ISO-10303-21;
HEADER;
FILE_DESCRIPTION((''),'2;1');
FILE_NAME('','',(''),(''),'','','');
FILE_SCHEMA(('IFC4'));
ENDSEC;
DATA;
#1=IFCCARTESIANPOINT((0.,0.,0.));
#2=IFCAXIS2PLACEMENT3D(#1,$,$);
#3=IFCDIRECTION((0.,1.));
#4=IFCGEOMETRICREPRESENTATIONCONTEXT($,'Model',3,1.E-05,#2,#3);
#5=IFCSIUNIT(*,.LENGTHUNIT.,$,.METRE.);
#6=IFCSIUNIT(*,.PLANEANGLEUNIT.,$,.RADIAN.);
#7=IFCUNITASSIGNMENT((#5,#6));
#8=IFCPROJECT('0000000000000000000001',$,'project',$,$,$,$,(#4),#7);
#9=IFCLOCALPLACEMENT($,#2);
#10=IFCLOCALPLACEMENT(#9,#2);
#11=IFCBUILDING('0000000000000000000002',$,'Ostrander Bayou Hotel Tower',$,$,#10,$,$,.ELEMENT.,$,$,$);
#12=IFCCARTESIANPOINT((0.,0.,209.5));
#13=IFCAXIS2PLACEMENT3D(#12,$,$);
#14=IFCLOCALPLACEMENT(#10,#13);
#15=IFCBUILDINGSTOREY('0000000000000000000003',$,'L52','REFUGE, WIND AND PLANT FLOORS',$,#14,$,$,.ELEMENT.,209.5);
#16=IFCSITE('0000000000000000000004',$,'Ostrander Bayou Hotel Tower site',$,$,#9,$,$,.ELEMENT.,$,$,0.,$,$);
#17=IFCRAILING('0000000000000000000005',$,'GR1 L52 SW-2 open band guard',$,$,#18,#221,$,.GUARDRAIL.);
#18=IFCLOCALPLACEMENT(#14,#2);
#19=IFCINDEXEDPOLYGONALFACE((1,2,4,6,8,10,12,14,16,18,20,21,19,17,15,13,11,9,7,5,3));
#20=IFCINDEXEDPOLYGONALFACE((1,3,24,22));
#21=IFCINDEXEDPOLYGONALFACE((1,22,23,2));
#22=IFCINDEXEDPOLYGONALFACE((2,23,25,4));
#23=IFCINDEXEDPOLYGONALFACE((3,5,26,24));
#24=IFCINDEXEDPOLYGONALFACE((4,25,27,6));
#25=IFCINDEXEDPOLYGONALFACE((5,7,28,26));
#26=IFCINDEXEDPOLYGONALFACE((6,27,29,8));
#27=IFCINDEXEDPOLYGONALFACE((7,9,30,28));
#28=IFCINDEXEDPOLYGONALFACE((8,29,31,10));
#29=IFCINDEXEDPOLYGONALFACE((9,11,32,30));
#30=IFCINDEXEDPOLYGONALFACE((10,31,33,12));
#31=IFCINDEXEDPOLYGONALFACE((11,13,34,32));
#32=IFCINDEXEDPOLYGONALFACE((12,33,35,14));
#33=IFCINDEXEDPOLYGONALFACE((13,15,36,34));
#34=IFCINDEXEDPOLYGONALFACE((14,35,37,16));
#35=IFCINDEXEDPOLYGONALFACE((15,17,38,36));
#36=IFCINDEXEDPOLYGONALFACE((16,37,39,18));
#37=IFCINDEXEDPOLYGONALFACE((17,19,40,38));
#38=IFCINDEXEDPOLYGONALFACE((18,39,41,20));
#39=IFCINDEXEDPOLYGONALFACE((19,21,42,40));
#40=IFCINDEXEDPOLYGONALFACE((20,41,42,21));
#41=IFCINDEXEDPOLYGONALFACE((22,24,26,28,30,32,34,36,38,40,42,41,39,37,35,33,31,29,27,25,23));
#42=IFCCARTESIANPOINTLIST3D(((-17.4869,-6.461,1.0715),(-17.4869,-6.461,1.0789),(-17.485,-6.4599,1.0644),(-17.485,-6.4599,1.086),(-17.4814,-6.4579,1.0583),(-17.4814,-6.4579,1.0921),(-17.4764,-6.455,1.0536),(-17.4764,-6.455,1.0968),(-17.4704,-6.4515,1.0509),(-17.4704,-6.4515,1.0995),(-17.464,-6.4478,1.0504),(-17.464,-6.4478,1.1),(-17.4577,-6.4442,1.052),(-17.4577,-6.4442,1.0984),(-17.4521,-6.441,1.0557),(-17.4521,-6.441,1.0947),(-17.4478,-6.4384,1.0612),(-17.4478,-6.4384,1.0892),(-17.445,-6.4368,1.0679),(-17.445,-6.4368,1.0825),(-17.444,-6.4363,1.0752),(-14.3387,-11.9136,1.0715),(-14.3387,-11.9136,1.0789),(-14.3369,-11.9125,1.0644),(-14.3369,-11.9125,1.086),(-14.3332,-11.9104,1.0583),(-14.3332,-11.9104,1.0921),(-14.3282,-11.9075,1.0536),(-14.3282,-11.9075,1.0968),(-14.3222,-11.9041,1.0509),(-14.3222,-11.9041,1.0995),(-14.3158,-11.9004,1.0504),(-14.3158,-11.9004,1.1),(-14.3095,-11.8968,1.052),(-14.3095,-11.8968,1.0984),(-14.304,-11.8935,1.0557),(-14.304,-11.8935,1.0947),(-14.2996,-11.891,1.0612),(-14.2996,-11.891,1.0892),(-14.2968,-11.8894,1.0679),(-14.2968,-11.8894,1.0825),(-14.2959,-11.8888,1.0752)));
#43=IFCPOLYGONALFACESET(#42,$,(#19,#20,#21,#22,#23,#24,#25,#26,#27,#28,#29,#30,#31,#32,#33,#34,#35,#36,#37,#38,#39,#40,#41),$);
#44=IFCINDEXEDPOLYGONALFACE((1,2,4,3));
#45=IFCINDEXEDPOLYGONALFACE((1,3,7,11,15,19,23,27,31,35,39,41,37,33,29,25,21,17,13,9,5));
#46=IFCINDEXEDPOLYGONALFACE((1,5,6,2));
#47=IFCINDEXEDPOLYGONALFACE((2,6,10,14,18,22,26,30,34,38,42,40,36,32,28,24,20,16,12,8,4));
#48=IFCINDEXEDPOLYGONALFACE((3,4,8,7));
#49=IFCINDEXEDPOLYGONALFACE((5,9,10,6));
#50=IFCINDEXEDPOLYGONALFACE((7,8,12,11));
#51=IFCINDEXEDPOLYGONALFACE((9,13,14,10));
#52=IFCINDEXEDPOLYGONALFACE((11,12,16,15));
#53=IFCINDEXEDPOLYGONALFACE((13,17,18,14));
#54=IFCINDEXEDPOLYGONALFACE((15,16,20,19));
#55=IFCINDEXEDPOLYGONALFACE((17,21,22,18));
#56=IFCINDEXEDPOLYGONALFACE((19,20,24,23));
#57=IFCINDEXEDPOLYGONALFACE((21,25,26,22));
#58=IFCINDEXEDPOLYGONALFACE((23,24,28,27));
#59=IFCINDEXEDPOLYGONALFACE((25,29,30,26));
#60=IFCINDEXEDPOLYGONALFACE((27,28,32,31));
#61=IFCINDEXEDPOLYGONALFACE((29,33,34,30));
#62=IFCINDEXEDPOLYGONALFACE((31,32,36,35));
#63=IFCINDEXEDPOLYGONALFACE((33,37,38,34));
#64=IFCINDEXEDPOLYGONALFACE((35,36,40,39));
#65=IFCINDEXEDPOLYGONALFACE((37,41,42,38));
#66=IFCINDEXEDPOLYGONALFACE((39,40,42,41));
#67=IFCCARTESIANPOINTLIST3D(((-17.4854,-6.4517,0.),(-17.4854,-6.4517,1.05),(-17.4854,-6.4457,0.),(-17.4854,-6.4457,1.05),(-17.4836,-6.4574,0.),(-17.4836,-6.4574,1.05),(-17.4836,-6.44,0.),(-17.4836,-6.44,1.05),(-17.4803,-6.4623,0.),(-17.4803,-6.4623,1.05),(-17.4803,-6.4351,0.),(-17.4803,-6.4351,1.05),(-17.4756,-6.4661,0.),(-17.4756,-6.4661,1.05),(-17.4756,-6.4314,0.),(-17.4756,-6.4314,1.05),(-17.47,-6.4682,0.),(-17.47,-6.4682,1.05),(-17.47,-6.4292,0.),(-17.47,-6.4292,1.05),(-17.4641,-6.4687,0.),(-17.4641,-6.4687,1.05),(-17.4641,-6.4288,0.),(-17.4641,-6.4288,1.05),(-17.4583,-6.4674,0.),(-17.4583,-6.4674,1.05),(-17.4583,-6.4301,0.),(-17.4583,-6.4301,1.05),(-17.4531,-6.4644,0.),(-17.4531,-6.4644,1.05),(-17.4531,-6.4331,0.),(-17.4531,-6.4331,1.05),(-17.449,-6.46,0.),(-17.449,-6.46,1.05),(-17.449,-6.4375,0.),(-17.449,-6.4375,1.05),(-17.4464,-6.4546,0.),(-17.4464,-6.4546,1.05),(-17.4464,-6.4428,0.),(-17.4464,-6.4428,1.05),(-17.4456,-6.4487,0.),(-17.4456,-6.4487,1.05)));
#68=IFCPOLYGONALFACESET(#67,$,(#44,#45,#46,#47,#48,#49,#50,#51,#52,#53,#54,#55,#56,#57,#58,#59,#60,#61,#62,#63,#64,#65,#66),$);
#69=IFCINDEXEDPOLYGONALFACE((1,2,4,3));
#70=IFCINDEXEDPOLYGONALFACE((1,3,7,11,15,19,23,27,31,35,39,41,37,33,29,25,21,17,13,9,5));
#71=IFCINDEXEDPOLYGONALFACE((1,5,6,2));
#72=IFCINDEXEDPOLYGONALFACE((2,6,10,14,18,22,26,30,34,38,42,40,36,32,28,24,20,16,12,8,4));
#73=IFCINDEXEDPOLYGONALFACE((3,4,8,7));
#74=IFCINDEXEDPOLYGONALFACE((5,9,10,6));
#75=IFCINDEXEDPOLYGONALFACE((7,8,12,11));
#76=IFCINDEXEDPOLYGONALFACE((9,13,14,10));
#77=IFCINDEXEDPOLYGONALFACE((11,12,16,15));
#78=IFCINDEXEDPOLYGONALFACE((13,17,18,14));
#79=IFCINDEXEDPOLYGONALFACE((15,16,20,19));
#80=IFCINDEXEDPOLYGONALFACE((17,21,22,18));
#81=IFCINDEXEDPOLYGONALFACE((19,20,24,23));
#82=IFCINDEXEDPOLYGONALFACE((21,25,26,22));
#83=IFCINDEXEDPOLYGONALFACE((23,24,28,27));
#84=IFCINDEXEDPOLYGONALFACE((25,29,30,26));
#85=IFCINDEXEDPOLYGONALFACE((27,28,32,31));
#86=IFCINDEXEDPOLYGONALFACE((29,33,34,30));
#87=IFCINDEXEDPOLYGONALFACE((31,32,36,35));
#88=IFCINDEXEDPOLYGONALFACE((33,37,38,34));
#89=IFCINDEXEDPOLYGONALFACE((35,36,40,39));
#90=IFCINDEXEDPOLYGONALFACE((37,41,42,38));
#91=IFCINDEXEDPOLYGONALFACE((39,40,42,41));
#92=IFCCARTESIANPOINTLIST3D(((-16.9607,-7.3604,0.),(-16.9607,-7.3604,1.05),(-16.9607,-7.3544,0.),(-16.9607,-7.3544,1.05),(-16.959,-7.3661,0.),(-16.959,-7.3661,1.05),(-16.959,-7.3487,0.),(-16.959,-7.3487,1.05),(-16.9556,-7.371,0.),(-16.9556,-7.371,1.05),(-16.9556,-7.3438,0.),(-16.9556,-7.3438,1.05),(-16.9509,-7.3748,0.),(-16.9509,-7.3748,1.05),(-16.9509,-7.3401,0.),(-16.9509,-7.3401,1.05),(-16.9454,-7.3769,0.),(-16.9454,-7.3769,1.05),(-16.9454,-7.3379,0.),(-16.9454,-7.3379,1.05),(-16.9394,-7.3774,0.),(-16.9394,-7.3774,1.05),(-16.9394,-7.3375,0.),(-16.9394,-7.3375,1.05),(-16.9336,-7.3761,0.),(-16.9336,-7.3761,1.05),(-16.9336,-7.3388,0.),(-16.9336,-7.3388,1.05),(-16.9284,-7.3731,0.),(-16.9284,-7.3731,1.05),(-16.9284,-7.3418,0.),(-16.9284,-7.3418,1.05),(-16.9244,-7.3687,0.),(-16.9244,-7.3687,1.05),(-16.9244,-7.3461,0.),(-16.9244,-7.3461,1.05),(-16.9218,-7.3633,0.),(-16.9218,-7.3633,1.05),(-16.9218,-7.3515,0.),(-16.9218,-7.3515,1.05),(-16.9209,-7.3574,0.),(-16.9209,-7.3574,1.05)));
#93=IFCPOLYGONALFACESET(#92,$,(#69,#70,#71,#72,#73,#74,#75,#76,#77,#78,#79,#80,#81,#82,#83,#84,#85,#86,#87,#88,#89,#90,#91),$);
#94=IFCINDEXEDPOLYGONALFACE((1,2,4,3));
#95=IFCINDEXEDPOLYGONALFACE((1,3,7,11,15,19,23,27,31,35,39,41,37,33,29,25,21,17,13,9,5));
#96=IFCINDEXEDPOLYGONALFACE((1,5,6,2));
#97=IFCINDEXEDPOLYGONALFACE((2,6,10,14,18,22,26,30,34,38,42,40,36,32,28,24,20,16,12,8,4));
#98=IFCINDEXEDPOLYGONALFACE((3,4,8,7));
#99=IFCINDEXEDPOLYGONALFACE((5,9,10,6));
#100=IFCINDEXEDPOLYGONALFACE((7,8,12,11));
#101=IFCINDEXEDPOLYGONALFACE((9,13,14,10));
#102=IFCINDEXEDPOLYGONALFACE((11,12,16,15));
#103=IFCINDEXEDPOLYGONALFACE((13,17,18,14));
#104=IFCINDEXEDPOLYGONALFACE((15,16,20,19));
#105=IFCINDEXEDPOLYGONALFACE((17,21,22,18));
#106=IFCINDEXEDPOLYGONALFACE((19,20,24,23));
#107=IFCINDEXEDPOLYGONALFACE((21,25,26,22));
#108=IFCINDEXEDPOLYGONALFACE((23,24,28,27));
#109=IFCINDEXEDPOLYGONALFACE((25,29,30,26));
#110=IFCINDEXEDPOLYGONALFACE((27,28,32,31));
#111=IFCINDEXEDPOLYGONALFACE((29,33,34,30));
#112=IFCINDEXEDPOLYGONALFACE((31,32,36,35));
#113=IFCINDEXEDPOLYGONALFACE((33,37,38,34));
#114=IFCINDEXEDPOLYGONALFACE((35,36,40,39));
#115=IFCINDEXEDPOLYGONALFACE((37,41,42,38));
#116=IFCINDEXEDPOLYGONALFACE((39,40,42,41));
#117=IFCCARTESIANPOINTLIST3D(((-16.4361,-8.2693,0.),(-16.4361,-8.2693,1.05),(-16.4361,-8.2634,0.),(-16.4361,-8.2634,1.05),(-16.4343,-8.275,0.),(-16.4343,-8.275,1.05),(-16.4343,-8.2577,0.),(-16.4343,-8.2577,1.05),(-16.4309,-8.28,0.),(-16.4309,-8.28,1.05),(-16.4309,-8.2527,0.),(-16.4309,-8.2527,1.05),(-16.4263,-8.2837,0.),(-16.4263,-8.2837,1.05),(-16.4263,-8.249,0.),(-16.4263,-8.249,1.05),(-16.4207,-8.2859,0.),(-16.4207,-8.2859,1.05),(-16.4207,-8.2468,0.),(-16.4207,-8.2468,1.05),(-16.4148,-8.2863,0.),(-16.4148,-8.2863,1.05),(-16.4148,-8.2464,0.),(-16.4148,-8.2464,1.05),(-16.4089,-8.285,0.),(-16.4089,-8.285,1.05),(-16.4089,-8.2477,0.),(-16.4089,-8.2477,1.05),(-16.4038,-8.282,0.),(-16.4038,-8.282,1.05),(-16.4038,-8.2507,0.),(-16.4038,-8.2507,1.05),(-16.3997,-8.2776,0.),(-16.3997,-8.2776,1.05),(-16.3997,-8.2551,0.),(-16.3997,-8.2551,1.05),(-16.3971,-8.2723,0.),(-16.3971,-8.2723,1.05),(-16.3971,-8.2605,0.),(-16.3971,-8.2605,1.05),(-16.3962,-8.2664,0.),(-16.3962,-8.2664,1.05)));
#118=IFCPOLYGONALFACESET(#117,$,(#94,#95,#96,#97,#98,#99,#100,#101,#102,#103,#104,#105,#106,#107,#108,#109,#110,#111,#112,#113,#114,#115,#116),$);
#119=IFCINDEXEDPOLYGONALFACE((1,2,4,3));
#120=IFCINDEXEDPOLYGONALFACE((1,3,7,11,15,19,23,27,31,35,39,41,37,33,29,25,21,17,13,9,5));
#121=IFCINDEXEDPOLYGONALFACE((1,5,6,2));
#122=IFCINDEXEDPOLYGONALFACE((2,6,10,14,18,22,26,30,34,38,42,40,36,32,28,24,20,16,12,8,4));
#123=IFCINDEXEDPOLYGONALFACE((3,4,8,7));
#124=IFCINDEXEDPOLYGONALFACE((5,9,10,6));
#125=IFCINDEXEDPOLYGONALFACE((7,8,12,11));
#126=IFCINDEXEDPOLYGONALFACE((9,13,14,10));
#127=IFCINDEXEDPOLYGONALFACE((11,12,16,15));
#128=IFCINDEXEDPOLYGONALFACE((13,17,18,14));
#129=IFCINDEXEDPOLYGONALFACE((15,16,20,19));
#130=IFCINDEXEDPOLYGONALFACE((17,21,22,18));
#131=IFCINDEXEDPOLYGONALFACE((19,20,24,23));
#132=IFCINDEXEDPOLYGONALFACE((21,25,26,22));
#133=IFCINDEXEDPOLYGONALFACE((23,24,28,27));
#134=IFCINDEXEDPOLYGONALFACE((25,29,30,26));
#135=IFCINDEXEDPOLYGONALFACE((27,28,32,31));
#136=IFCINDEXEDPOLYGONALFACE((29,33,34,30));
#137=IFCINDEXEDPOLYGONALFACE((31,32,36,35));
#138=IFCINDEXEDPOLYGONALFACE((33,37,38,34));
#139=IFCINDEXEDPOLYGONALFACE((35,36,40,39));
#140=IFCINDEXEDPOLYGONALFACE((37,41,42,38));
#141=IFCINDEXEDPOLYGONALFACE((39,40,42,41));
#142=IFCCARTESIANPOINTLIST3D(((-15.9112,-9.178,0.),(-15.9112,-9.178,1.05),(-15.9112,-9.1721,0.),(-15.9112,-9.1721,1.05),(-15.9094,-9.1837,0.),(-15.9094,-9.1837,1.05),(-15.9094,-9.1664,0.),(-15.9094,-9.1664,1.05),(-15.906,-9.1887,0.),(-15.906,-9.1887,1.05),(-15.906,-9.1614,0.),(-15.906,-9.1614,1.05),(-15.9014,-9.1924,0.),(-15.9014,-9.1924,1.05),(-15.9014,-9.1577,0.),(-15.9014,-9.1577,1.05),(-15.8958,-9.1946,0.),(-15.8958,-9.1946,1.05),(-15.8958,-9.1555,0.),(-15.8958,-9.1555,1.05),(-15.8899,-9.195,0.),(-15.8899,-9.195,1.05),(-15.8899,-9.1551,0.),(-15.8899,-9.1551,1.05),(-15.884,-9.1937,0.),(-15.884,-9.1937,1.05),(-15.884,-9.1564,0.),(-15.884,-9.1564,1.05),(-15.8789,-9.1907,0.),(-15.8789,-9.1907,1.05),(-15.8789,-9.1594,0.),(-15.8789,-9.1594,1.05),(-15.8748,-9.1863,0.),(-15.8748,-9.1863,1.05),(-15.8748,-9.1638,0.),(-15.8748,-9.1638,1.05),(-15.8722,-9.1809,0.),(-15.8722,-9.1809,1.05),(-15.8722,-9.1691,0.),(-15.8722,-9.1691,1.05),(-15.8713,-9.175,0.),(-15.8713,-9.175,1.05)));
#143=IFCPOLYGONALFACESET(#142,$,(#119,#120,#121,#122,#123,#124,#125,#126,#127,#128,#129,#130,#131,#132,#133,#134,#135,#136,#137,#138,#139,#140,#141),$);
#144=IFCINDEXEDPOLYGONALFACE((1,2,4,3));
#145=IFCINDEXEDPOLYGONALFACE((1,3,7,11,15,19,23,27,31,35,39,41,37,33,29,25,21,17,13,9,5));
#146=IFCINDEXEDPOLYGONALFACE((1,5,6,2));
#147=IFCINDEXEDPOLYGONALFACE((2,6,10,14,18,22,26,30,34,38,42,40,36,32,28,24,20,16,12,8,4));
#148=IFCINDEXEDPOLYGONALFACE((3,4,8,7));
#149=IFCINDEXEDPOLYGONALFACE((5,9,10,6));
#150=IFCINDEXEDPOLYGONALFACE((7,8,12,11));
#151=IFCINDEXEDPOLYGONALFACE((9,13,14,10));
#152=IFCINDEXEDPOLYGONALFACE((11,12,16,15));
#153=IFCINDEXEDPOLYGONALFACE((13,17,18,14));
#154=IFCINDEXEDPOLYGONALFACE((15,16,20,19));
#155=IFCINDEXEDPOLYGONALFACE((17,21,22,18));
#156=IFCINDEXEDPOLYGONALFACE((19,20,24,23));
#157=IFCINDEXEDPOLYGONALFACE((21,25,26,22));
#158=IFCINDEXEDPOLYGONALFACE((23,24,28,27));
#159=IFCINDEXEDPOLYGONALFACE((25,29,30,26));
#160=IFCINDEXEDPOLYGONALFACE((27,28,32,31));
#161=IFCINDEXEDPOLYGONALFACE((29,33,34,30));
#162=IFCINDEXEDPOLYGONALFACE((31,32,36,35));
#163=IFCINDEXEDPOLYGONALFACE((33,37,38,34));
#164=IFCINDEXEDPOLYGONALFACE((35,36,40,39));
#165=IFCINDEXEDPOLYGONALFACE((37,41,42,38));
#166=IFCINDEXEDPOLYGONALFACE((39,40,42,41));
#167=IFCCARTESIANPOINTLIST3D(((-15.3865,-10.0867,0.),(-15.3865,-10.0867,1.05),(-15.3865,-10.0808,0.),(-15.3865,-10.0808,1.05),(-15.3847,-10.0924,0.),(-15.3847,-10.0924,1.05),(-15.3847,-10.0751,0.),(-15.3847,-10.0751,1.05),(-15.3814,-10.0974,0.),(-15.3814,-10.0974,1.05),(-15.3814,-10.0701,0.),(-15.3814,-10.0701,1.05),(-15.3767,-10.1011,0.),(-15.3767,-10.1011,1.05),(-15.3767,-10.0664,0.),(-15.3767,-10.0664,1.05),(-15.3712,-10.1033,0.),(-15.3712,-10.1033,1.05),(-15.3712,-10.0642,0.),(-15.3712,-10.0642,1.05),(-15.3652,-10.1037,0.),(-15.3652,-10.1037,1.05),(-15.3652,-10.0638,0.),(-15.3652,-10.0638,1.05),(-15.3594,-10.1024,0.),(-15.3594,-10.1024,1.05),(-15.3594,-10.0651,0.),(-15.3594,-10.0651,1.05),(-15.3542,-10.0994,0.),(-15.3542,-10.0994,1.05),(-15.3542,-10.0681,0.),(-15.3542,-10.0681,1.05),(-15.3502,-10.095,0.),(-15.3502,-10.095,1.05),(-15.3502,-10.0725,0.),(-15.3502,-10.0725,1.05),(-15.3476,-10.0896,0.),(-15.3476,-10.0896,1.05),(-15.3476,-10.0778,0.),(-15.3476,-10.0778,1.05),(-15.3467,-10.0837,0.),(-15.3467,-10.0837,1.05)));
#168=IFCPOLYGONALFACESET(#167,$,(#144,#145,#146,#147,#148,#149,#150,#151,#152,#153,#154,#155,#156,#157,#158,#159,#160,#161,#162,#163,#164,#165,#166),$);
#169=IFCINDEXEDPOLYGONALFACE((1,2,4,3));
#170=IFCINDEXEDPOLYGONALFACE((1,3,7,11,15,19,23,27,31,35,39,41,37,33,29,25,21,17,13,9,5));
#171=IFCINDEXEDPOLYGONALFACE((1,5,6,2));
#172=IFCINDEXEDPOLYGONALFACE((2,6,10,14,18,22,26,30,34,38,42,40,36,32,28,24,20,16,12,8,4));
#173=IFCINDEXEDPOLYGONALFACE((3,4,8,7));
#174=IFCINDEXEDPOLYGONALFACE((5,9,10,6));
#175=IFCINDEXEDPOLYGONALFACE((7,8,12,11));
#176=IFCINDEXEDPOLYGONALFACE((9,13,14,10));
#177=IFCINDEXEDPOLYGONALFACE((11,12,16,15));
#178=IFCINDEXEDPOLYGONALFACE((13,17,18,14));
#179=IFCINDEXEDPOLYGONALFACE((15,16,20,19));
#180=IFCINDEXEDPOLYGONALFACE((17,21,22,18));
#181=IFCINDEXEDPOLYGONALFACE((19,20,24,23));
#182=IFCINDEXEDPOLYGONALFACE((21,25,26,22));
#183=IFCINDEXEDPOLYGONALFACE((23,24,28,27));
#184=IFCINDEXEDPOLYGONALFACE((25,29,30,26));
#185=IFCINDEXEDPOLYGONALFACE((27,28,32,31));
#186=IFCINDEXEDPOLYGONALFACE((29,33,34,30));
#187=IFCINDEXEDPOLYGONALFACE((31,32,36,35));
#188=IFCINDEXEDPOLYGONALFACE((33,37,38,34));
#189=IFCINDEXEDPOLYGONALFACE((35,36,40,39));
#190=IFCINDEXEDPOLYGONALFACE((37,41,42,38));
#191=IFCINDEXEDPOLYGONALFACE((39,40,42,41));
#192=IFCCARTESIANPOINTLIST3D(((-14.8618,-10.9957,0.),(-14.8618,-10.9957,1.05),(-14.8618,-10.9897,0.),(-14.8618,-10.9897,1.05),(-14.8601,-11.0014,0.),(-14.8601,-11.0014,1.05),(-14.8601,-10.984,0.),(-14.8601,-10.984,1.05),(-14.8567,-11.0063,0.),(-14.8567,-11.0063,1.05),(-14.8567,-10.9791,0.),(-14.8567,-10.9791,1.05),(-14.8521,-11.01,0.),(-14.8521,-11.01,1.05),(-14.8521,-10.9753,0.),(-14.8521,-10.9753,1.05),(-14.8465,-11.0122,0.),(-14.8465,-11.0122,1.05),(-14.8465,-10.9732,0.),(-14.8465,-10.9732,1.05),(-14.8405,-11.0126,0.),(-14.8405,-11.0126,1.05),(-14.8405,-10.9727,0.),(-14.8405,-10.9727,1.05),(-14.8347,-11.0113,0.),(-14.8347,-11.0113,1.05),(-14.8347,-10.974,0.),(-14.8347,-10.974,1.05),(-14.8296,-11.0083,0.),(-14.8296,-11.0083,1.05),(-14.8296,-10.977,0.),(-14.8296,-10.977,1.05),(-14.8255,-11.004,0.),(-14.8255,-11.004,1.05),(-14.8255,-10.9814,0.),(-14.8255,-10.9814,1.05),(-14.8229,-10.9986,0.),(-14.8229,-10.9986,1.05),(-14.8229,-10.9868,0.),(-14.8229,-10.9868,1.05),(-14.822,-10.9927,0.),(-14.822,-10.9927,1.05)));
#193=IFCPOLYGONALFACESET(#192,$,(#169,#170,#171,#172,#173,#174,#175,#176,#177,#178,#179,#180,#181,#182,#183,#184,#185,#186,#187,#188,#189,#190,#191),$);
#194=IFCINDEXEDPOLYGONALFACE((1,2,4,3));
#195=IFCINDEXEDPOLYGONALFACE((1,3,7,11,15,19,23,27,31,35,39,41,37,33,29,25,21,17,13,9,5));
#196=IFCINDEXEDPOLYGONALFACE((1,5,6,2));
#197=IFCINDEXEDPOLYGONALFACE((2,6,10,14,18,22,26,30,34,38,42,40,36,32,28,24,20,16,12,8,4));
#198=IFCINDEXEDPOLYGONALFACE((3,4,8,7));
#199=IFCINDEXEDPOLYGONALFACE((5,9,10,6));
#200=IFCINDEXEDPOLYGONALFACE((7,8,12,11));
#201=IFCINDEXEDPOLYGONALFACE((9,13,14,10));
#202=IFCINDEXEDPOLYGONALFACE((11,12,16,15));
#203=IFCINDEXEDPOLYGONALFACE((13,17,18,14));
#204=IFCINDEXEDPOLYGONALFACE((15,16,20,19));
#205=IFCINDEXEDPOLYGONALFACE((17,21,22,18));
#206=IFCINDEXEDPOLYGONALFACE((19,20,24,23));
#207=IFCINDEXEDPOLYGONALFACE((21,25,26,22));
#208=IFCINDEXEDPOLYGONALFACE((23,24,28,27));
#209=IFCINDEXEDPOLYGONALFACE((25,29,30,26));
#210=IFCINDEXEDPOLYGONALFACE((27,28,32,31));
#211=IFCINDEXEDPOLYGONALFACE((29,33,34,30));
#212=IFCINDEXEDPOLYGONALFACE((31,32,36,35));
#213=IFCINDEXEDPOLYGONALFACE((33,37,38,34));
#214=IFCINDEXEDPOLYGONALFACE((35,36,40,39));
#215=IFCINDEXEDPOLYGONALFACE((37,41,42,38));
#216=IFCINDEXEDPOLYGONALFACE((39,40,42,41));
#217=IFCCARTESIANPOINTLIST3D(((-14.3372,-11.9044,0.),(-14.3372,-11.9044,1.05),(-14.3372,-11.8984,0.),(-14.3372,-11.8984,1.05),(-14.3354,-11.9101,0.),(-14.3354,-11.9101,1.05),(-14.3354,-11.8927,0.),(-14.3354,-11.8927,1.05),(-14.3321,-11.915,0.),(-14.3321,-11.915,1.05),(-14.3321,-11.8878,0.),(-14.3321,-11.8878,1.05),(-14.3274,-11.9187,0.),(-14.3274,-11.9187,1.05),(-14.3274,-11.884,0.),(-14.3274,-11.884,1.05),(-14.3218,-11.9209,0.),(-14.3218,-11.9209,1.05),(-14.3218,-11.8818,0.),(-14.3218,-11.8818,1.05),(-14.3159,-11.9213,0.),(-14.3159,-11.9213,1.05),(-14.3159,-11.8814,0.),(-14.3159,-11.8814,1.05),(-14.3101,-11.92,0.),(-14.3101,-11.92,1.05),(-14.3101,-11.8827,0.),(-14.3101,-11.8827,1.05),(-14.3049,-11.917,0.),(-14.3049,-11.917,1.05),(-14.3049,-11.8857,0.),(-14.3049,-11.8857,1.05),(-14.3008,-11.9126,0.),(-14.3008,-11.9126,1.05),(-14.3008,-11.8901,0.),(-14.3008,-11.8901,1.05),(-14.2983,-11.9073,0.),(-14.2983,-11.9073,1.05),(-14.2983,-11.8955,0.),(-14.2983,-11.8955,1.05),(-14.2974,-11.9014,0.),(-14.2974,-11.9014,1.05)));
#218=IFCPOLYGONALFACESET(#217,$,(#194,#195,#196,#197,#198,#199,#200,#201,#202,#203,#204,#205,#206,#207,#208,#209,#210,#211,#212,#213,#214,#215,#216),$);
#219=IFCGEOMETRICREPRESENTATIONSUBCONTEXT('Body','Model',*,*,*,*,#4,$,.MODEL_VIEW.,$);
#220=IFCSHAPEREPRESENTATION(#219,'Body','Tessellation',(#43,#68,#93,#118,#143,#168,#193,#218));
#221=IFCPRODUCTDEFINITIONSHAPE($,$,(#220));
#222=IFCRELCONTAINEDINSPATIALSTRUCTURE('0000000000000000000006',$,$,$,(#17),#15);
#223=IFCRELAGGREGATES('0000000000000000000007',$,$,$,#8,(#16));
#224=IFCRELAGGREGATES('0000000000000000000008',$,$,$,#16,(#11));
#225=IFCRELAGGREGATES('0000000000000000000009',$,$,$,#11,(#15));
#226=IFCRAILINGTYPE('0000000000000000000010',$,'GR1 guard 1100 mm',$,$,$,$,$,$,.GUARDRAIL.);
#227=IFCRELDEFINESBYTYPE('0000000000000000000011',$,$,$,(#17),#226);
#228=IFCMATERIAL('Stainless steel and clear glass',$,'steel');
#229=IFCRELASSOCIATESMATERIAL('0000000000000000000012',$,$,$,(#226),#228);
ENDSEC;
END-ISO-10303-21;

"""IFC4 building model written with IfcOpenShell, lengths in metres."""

from ifc_helpers import new_model, si_unit, direction, frame, origin, origin_2d, place, context, subcontext, project, spatial, circle, extrude, material, type_object, element, save


model = new_model("IFC4")

# Units and contexts
model_context = context("Model", 3, precision=1e-05, world=origin(), true_north=direction((0.0, 1.0)))
body_context = subcontext(model_context, "Body", "Model", "MODEL_VIEW")
ifc_project = project(units=[si_unit("LENGTHUNIT", "METRE"), si_unit("PLANEANGLEUNIT", "RADIAN")], contexts=[model_context])

# Site, building, storey
site_placement = place(None, origin())
site = spatial("IfcSite", under=ifc_project, at=site_placement, Name="Ostrander Bayou Hotel Tower site", CompositionType="ELEMENT", RefElevation=0.0)
building_placement = place(site_placement, origin())
building = spatial("IfcBuilding", under=site, at=building_placement, Name="Ostrander Bayou Hotel Tower", CompositionType="ELEMENT")
storey_placement = place(building_placement, frame((0.0, 0.0, 209.5)))
storey = spatial("IfcBuildingStorey", under=building, at=storey_placement, Name="L52", Description="REFUGE, WIND AND PLANT FLOORS", CompositionType="ELEMENT", Elevation=209.5)

# Railing
ifc_material_1 = material(Name="Stainless steel and clear glass", Category="steel")
railing_type = type_object("IfcRailingType", Name="GR1 guard 1100 mm", PredefinedType="GUARDRAIL", material=ifc_material_1)
railing_1_placement = place(storey_placement, frame((-17.4656, -6.4487, 0.0)))
element("IfcRailing", 1, at=railing_1_placement, inside=storey, type_object=railing_type, Name="GR1 L52 SW-2 open band guard", PredefinedType="GUARDRAIL", context=body_context, shape_type="SweptSolid", body=[
    extrude(circle(Radius=0.0249, at=origin_2d()), frame((0.0, 0.0, 1.0752), z_axis=(0.500013, -0.866018, 0.0), x_axis=(0.866018, 0.500013, 0.0)), (0.0, 0.0, 1.0), 6.2961),
    extrude(circle(Radius=0.02, at=origin_2d()), origin(), (0.0, 0.0, 1.0), 1.05),
    extrude(circle(Radius=0.02, at=origin_2d()), frame((0.5247, -0.9087, 0.0)), (0.0, 0.0, 1.0), 1.05),
    extrude(circle(Radius=0.02, at=origin_2d()), frame((1.0493, -1.8176, 0.0)), (0.0, 0.0, 1.0), 1.05),
    extrude(circle(Radius=0.02, at=origin_2d()), frame((1.5742, -2.7263, 0.0)), (0.0, 0.0, 1.0), 1.05),
    extrude(circle(Radius=0.02, at=origin_2d()), frame((2.0989, -3.635, 0.0)), (0.0, 0.0, 1.0), 1.05),
    extrude(circle(Radius=0.02, at=origin_2d()), frame((2.6235, -4.5439, 0.0)), (0.0, 0.0, 1.0), 1.05),
    extrude(circle(Radius=0.02, at=origin_2d()), frame((3.1482, -5.4526, 0.0)), (0.0, 0.0, 1.0), 1.05),
])

save(model, "model.ifc")
